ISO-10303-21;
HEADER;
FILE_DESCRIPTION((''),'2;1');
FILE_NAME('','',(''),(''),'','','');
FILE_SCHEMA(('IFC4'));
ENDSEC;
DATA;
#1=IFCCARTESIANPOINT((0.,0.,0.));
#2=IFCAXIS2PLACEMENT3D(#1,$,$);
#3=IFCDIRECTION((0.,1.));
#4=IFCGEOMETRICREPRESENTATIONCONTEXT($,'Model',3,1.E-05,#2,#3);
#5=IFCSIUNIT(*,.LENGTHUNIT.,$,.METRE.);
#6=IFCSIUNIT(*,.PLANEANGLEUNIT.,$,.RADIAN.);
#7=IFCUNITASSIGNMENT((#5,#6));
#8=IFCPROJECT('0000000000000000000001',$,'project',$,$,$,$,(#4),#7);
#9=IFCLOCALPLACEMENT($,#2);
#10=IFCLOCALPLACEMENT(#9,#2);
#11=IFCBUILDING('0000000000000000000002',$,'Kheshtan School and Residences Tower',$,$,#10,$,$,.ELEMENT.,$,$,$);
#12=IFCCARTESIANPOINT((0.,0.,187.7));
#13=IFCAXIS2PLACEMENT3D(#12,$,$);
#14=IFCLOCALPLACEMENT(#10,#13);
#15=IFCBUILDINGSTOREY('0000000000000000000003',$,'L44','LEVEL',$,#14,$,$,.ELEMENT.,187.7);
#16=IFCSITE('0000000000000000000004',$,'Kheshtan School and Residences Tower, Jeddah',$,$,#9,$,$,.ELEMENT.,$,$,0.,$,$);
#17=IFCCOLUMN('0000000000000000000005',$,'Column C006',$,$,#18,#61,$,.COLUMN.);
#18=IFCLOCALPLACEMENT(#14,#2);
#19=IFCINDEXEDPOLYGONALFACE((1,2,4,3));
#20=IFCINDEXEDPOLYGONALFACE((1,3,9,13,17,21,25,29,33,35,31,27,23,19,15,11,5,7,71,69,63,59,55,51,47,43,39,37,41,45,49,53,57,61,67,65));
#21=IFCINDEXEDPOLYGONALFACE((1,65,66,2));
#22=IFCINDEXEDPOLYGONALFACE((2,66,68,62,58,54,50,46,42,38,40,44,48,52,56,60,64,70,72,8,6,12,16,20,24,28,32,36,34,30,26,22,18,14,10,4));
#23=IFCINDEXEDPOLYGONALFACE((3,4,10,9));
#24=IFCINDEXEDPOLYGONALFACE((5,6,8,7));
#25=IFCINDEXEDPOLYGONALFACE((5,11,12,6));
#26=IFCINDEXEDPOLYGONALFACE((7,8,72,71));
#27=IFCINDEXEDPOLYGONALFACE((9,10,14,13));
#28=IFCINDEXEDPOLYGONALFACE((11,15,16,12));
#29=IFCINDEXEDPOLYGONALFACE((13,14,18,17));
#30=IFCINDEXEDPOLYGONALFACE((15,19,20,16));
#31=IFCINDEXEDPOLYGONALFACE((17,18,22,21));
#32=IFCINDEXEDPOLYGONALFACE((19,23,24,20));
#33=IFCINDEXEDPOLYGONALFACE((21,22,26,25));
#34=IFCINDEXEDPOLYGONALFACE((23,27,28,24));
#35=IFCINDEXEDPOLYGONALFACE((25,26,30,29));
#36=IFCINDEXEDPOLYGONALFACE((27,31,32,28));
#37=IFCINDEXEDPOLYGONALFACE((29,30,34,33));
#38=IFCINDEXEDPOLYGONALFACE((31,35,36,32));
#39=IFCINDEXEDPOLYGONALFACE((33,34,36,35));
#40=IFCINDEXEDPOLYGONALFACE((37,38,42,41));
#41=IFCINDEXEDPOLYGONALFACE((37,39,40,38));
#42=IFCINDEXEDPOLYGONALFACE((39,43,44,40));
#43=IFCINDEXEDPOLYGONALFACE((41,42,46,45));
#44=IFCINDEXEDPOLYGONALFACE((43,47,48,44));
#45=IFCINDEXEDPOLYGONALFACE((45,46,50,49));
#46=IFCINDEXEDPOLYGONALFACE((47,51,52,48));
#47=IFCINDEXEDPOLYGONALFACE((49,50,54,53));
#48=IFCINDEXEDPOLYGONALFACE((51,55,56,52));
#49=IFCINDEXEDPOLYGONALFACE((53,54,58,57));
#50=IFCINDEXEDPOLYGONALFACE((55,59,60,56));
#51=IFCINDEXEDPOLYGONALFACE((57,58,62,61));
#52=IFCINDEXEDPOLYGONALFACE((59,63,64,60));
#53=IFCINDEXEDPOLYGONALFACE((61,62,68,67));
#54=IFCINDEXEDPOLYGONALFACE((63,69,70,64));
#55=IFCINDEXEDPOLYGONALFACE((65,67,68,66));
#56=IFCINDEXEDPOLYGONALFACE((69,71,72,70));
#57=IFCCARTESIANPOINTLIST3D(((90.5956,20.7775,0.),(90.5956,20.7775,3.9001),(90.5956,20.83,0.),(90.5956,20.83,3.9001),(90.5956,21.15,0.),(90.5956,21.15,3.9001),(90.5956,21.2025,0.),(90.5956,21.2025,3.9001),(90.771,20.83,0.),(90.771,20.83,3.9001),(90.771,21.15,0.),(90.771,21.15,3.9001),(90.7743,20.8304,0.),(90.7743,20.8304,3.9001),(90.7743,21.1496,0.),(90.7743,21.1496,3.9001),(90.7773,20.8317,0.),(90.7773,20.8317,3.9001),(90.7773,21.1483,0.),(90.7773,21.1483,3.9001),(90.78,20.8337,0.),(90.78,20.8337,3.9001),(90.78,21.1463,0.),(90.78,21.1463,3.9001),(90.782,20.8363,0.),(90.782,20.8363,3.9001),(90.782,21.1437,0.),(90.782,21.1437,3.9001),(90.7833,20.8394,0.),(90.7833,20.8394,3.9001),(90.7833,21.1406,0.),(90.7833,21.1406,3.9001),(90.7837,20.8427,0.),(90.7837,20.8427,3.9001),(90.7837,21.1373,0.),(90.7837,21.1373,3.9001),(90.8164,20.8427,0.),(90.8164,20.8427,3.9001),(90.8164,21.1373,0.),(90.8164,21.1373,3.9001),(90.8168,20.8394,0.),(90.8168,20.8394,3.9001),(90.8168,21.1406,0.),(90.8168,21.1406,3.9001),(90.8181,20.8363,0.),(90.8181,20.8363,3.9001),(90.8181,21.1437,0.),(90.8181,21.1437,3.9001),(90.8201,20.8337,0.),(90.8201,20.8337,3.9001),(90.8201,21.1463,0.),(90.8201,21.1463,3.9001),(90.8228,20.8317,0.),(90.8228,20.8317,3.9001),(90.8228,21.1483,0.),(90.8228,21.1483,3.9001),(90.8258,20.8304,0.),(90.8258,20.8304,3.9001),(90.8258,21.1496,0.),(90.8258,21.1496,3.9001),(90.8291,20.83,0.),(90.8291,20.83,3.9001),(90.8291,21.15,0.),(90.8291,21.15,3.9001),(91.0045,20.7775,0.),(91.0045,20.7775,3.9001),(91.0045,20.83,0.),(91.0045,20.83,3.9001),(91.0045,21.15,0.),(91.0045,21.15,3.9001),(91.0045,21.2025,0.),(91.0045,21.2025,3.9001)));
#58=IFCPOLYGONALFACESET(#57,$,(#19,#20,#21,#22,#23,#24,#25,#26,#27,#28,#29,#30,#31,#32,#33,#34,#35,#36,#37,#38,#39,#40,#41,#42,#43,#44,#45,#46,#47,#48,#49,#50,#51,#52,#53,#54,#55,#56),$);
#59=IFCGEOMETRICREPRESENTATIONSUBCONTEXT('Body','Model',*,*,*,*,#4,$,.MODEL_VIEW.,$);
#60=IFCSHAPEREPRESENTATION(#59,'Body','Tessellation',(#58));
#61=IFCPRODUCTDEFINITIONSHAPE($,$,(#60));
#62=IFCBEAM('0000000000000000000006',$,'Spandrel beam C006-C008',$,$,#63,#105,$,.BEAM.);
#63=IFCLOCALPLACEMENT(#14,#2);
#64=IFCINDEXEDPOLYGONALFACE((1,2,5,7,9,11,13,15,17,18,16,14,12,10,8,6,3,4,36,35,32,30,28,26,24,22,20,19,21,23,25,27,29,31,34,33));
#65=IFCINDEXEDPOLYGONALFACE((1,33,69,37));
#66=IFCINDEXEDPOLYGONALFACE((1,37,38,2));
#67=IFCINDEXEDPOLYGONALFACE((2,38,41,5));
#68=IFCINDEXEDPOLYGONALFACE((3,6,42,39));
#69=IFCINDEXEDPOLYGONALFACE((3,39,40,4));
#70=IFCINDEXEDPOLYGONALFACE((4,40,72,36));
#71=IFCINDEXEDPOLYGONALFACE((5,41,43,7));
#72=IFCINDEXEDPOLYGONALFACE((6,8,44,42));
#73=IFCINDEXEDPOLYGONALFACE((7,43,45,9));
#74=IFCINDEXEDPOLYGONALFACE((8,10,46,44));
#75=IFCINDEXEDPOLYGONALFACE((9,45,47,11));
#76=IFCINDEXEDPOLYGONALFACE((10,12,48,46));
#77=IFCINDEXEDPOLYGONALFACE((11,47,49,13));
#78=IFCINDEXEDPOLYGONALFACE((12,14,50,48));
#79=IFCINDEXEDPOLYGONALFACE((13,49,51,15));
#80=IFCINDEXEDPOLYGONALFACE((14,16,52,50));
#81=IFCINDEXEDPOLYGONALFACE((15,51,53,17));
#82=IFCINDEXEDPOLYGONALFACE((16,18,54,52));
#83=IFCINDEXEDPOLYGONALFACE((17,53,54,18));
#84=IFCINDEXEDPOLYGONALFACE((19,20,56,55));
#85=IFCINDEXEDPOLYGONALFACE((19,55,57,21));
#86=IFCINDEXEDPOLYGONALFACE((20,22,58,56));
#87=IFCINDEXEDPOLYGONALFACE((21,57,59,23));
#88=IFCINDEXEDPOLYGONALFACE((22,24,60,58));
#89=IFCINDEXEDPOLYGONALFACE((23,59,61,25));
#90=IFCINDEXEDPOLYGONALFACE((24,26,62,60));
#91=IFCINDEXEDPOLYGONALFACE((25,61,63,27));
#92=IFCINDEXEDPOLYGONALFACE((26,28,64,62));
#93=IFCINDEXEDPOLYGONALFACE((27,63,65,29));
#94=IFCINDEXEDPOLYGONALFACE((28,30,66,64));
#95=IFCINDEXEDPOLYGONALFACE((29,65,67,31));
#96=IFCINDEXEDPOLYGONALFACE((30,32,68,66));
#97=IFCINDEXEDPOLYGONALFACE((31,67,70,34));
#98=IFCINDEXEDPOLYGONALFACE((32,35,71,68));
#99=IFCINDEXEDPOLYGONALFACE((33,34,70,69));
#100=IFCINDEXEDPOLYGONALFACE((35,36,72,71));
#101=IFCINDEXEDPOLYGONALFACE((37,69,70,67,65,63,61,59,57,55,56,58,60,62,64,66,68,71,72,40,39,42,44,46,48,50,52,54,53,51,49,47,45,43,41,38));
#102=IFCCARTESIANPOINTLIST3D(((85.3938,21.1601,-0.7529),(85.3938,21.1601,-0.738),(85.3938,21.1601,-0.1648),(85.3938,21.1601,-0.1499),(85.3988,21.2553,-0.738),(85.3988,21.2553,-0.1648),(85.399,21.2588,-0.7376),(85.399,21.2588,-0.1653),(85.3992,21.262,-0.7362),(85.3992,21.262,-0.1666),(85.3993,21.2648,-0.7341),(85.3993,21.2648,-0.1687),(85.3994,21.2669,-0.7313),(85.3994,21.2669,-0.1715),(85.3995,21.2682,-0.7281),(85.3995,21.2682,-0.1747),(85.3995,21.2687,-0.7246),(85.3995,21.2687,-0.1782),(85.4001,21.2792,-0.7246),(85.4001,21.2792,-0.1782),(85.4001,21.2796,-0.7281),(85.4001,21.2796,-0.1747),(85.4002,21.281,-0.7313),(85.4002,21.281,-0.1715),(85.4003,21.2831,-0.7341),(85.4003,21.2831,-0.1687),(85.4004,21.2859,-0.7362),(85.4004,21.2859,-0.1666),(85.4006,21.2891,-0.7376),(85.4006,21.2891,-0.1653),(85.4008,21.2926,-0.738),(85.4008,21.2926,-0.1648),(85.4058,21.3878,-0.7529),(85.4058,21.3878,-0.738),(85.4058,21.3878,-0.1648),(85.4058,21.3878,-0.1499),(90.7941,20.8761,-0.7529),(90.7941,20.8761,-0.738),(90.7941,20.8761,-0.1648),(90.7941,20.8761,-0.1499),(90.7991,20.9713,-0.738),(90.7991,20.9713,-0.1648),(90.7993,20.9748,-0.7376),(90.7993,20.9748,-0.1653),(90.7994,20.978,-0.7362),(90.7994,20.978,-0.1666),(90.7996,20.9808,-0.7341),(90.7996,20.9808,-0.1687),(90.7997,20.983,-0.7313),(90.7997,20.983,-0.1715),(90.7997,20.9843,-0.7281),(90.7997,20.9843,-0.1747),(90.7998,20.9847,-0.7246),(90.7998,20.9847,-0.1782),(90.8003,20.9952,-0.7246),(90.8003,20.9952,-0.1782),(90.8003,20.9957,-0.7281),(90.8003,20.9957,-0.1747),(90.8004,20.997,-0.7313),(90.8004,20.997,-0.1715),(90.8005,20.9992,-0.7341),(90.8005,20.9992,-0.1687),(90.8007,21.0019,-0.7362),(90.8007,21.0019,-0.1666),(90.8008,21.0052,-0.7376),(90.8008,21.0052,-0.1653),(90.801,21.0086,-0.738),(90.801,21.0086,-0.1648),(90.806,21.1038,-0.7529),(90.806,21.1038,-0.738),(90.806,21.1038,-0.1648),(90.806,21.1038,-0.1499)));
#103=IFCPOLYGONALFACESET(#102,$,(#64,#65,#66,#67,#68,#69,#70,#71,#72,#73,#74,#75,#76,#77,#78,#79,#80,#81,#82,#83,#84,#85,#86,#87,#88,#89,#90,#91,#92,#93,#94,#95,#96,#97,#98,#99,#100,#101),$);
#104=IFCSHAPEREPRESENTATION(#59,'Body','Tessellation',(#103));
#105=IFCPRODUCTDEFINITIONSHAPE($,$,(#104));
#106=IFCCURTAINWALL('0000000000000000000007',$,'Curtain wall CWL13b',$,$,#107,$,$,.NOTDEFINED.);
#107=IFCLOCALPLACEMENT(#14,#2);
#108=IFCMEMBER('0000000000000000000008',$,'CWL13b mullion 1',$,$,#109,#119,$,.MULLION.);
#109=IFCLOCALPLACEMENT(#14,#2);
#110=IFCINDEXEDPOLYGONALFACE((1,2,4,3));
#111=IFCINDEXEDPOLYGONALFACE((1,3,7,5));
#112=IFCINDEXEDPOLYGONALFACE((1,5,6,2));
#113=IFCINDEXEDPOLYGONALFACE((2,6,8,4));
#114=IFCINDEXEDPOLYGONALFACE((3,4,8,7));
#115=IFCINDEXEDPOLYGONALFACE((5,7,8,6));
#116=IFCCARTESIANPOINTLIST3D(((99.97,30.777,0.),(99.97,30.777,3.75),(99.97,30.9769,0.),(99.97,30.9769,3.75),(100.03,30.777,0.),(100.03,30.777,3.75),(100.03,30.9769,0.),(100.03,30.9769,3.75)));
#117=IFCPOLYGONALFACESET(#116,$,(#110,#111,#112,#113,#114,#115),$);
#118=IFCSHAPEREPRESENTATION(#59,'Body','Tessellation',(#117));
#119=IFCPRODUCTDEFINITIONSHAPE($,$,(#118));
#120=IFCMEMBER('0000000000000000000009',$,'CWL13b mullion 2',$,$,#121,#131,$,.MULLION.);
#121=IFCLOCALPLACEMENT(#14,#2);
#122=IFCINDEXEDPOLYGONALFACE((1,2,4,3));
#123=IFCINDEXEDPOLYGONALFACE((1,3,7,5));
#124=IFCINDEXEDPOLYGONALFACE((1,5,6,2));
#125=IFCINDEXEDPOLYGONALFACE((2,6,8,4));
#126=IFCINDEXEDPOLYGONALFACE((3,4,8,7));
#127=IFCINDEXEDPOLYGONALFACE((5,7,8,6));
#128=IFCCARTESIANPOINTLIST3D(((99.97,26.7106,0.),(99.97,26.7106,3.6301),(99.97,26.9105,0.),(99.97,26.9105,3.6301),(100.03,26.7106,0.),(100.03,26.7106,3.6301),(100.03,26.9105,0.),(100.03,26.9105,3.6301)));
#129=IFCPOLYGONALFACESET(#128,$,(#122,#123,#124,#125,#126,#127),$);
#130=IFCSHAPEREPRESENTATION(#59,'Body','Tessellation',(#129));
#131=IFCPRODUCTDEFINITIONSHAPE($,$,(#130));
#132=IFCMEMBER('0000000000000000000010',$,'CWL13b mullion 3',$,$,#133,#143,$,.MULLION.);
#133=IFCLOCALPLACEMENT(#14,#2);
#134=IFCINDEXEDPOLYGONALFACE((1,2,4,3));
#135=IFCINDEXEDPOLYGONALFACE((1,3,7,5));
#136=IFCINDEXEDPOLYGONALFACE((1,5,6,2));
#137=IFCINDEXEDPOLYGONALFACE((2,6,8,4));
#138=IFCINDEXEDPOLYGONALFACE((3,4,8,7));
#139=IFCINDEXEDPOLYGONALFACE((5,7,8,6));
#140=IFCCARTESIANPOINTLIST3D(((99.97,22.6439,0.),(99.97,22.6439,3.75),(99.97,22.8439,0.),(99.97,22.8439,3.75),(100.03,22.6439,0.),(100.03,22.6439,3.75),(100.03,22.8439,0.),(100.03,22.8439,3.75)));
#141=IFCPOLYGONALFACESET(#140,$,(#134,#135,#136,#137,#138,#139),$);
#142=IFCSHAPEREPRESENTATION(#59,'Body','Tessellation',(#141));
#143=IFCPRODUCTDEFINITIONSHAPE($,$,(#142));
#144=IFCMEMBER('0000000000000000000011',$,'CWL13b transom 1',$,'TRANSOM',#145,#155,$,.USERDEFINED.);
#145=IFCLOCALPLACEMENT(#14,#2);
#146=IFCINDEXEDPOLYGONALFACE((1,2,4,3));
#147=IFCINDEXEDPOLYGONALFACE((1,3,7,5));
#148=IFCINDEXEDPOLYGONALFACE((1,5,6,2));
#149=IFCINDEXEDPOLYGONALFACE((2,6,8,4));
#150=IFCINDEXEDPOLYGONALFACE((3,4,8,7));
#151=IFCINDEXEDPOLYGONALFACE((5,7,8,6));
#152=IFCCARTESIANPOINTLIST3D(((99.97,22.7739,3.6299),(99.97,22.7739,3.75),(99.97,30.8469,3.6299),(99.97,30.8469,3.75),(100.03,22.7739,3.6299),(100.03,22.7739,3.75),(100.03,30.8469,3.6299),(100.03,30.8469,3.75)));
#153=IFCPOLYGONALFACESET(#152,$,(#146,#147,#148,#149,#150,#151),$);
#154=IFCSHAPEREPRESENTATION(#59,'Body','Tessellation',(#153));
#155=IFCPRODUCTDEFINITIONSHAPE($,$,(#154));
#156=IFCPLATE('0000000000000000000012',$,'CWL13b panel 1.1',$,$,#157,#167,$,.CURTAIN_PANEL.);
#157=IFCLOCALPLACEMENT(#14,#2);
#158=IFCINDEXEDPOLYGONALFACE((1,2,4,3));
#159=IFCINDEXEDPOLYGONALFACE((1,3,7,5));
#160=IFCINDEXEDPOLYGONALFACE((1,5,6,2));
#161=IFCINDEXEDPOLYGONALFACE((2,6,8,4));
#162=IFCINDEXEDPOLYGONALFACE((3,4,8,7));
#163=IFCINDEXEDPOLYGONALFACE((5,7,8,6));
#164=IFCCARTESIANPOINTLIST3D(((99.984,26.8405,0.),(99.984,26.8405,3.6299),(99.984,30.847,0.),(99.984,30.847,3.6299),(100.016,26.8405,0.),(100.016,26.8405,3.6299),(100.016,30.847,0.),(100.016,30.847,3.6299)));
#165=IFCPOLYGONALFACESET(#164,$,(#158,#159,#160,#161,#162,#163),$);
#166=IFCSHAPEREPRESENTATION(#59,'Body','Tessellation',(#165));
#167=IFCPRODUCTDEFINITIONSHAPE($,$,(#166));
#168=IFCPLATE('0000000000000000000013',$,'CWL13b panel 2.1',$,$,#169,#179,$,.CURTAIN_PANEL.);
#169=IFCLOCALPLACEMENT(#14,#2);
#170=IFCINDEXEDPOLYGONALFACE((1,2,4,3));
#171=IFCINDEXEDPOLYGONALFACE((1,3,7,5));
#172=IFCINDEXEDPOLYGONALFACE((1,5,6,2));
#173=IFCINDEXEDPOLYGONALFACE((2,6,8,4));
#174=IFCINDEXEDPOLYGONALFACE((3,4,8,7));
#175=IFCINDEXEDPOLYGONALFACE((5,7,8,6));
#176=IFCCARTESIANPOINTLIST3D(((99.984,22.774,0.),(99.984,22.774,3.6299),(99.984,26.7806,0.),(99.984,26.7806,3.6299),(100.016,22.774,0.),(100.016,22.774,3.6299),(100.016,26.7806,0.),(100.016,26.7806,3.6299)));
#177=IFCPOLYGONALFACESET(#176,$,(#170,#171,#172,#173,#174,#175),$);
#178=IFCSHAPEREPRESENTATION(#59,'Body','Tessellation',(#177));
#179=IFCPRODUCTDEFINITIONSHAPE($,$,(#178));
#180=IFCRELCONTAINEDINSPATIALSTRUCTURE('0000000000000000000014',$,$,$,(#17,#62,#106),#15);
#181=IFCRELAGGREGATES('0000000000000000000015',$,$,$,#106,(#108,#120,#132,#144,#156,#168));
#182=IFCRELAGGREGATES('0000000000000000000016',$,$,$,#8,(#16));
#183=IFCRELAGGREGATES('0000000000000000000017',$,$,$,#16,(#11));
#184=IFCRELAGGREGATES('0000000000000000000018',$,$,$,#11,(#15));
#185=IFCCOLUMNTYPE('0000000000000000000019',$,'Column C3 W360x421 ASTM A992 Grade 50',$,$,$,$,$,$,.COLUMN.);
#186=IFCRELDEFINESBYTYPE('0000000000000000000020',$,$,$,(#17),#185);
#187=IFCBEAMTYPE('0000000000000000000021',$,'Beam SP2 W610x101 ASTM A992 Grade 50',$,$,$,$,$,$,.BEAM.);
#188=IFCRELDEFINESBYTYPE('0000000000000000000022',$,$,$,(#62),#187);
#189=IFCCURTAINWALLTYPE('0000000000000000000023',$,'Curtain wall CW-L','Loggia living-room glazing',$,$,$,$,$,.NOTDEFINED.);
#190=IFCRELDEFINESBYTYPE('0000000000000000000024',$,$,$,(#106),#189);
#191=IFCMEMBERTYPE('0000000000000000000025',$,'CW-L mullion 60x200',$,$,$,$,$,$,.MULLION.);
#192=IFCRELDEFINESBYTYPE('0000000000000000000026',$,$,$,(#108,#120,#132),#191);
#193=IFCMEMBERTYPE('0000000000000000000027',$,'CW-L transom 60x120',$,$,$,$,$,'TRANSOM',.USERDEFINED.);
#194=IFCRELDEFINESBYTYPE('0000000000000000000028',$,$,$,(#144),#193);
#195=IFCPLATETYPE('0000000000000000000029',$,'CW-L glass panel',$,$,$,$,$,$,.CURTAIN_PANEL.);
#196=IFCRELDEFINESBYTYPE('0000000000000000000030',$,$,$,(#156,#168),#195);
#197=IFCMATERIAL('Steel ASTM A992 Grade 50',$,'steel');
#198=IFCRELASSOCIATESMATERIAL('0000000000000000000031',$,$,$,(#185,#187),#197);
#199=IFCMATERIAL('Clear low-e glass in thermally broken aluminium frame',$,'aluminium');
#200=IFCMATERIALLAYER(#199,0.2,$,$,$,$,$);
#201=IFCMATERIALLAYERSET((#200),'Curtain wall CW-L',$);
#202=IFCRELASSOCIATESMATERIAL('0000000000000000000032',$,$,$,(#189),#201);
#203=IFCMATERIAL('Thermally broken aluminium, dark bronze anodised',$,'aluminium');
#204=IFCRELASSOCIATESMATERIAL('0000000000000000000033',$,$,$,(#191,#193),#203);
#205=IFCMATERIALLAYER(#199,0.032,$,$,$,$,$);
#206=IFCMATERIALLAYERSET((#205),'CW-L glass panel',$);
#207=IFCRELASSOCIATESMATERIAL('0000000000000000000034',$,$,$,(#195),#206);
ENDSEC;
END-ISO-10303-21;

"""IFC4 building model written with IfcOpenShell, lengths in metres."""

from ifc_helpers import new_model, si_unit, direction, frame, origin, origin_2d, place, context, subcontext, project, spatial, rectangle, i_section, extrude, material, layer, layer_set, material_profile, profile_set, type_object, element, aggregate, save


model = new_model("IFC4")

# Units and contexts
model_context = context("Model", 3, precision=1e-05, world=origin(), true_north=direction((0.0, 1.0)))
body_context = subcontext(model_context, "Body", "Model", "MODEL_VIEW")
ifc_project = project(units=[si_unit("LENGTHUNIT", "METRE"), si_unit("PLANEANGLEUNIT", "RADIAN")], contexts=[model_context])

# Site, building, storey
site_placement = place(None, origin())
site = spatial("IfcSite", under=ifc_project, at=site_placement, Name="Kheshtan School and Residences Tower, Jeddah", CompositionType="ELEMENT", RefElevation=0.0)
building_placement = place(site_placement, origin())
building = spatial("IfcBuilding", under=site, at=building_placement, Name="Kheshtan School and Residences Tower", CompositionType="ELEMENT")
storey_placement = place(building_placement, frame((0.0, 0.0, 187.7)))
storey = spatial("IfcBuildingStorey", under=building, at=storey_placement, Name="L44", Description="LEVEL", CompositionType="ELEMENT", Elevation=187.7)

# Column
ifc_material_1 = material(Name="Steel ASTM A992 Grade 50", Category="steel")
ifc_material_profile_1 = material_profile(ifc_material_1, i_section(OverallWidth=0.4089, OverallDepth=0.425, WebThickness=0.0327, FlangeThickness=0.0525, FilletRadius=0.0127, at=origin_2d()), Name="W360x421")
ifc_profile_set_1 = profile_set([ifc_material_profile_1], Name="Steel ASTM A992 Grade 50")
column_type = type_object("IfcColumnType", Name="Column C3 W360x421 ASTM A992 Grade 50", PredefinedType="COLUMN", material=ifc_profile_set_1)
column_placement = place(storey_placement, frame((90.8, 20.99, 0.0), z_axis=(0.0, 0.0, 1.0), x_axis=(1.0, 0.0, 0.0)))
element("IfcColumn", 1, at=column_placement, inside=storey, type_object=column_type, Name="Column C006", PredefinedType="COLUMN", context=body_context, shape_type="SweptSolid", body=[
    extrude(i_section(OverallWidth=0.4089, OverallDepth=0.425, WebThickness=0.0327, FlangeThickness=0.0525, FilletRadius=0.0127, at=origin_2d()), origin(), (0.0, 0.0, 1.0), 3.9001),
])

# Beam
ifc_material_profile_2 = material_profile(ifc_material_1, i_section(OverallWidth=0.228, OverallDepth=0.603, WebThickness=0.0105, FlangeThickness=0.0149, FilletRadius=0.0134, at=origin_2d()), Name="W610x101")
ifc_profile_set_2 = profile_set([ifc_material_profile_2], Name="Steel ASTM A992 Grade 50")
beam_type = type_object("IfcBeamType", Name="Beam SP2 W610x101 ASTM A992 Grade 50", PredefinedType="BEAM", material=ifc_profile_set_2)
beam_placement = place(storey_placement, frame((90.8, 20.99, -0.4514), z_axis=(-0.998621, 0.052507, 0.0), x_axis=(-0.052507, -0.998621, 0.0)))
element("IfcBeam", 2, at=beam_placement, inside=storey, type_object=beam_type, Name="Spandrel beam C006-C008", PredefinedType="BEAM", context=body_context, shape_type="SweptSolid", body=[
    extrude(i_section(OverallWidth=0.228, OverallDepth=0.603, WebThickness=0.0105, FlangeThickness=0.0149, FilletRadius=0.0134, at=origin_2d()), origin(), (0.0, 0.0, 1.0), 5.4077),
])

# Curtain wall, members, plates
ifc_material_2 = material(Name="Clear low-e glass in thermally broken aluminium frame", Category="aluminium")
ifc_layer_1 = layer(ifc_material_2, 0.2)
ifc_layer_set_1 = layer_set([ifc_layer_1], Name="Curtain wall CW-L")
curtain_wall_type = type_object("IfcCurtainWallType", Name="Curtain wall CW-L", Description="Loggia living-room glazing", PredefinedType="NOTDEFINED", material=ifc_layer_set_1)
curtain_wall_placement = place(storey_placement, origin())
curtain_wall = element("IfcCurtainWall", 3, at=curtain_wall_placement, inside=storey, type_object=curtain_wall_type, Name="Curtain wall CWL13b", PredefinedType="NOTDEFINED")
ifc_material_3 = material(Name="Thermally broken aluminium, dark bronze anodised", Category="aluminium")
ifc_material_profile_3 = material_profile(ifc_material_3, rectangle(XDim=0.0601, YDim=0.2, at=origin_2d()), Name="CW-L mullion 60x200")
ifc_profile_set_3 = profile_set([ifc_material_profile_3], Name="Thermally broken aluminium, dark bronze anodised")
member_type_1 = type_object("IfcMemberType", Name="CW-L mullion 60x200", PredefinedType="MULLION", material=ifc_profile_set_3)
member_1_placement = place(storey_placement, frame((100.0, 30.877, 0.0), z_axis=(0.0, 0.0, 1.0), x_axis=(1.0, 0.0, 0.0)))
member_1 = element("IfcMember", 4, at=member_1_placement, type_object=member_type_1, Name="CWL13b mullion 1", PredefinedType="MULLION", context=body_context, shape_type="SweptSolid", body=[
    extrude(rectangle(XDim=0.0601, YDim=0.2, at=origin_2d()), origin(), (0.0, 0.0, 1.0), 3.75),
])
member_2_placement = place(storey_placement, frame((100.0, 26.8105, 0.0), z_axis=(0.0, 0.0, 1.0), x_axis=(1.0, 0.0, 0.0)))
member_2 = element("IfcMember", 5, at=member_2_placement, type_object=member_type_1, Name="CWL13b mullion 2", PredefinedType="MULLION", context=body_context, shape_type="SweptSolid", body=[
    extrude(rectangle(XDim=0.0601, YDim=0.2, at=origin_2d()), origin(), (0.0, 0.0, 1.0), 3.6301),
])
member_3_placement = place(storey_placement, frame((100.0, 22.7439, 0.0), z_axis=(0.0, 0.0, 1.0), x_axis=(1.0, 0.0, 0.0)))
member_3 = element("IfcMember", 6, at=member_3_placement, type_object=member_type_1, Name="CWL13b mullion 3", PredefinedType="MULLION", context=body_context, shape_type="SweptSolid", body=[
    extrude(rectangle(XDim=0.0601, YDim=0.2, at=origin_2d()), origin(), (0.0, 0.0, 1.0), 3.75),
])
ifc_material_profile_4 = material_profile(ifc_material_3, rectangle(XDim=0.0601, YDim=0.1201, at=origin_2d()), Name="CW-L transom 60x120")
ifc_profile_set_4 = profile_set([ifc_material_profile_4], Name="Thermally broken aluminium, dark bronze anodised")
member_type_2 = type_object("IfcMemberType", Name="CW-L transom 60x120", ElementType="TRANSOM", PredefinedType="USERDEFINED", material=ifc_profile_set_4)
member_4_placement = place(storey_placement, frame((100.0, 30.8469, 3.6899), z_axis=(0.0, -1.0, 0.0), x_axis=(1.0, 0.0, 0.0)))
member_4 = element("IfcMember", 7, at=member_4_placement, type_object=member_type_2, Name="CWL13b transom 1", ObjectType="TRANSOM", PredefinedType="USERDEFINED", context=body_context, shape_type="SweptSolid", body=[
    extrude(rectangle(XDim=0.0601, YDim=0.1201, at=origin_2d()), origin(), (0.0, 0.0, 1.0), 8.073),
])
ifc_layer_2 = layer(ifc_material_2, 0.032)
ifc_layer_set_2 = layer_set([ifc_layer_2], Name="CW-L glass panel")
plate_type = type_object("IfcPlateType", Name="CW-L glass panel", PredefinedType="CURTAIN_PANEL", material=ifc_layer_set_2)
plate_1_placement = place(storey_placement, frame((100.0, 28.8438, 0.0), z_axis=(0.0, 0.0, 1.0), x_axis=(0.0, -1.0, 0.0)))
plate_1 = element("IfcPlate", 8, at=plate_1_placement, type_object=plate_type, Name="CWL13b panel 1.1", PredefinedType="CURTAIN_PANEL", context=body_context, shape_type="SweptSolid", body=[
    extrude(rectangle(XDim=4.0066, YDim=0.032, at=origin_2d()), origin(), (0.0, 0.0, 1.0), 3.6299),
])
plate_2_placement = place(storey_placement, frame((100.0, 24.7773, 0.0), z_axis=(0.0, 0.0, 1.0), x_axis=(0.0, -1.0, 0.0)))
plate_2 = element("IfcPlate", 9, at=plate_2_placement, type_object=plate_type, Name="CWL13b panel 2.1", PredefinedType="CURTAIN_PANEL", context=body_context, shape_type="SweptSolid", body=[
    extrude(rectangle(XDim=4.0066, YDim=0.032, at=origin_2d()), origin(), (0.0, 0.0, 1.0), 3.6299),
])
aggregate(curtain_wall, [member_1, member_2, member_3, member_4, plate_1, plate_2])

save(model, "model.ifc")
